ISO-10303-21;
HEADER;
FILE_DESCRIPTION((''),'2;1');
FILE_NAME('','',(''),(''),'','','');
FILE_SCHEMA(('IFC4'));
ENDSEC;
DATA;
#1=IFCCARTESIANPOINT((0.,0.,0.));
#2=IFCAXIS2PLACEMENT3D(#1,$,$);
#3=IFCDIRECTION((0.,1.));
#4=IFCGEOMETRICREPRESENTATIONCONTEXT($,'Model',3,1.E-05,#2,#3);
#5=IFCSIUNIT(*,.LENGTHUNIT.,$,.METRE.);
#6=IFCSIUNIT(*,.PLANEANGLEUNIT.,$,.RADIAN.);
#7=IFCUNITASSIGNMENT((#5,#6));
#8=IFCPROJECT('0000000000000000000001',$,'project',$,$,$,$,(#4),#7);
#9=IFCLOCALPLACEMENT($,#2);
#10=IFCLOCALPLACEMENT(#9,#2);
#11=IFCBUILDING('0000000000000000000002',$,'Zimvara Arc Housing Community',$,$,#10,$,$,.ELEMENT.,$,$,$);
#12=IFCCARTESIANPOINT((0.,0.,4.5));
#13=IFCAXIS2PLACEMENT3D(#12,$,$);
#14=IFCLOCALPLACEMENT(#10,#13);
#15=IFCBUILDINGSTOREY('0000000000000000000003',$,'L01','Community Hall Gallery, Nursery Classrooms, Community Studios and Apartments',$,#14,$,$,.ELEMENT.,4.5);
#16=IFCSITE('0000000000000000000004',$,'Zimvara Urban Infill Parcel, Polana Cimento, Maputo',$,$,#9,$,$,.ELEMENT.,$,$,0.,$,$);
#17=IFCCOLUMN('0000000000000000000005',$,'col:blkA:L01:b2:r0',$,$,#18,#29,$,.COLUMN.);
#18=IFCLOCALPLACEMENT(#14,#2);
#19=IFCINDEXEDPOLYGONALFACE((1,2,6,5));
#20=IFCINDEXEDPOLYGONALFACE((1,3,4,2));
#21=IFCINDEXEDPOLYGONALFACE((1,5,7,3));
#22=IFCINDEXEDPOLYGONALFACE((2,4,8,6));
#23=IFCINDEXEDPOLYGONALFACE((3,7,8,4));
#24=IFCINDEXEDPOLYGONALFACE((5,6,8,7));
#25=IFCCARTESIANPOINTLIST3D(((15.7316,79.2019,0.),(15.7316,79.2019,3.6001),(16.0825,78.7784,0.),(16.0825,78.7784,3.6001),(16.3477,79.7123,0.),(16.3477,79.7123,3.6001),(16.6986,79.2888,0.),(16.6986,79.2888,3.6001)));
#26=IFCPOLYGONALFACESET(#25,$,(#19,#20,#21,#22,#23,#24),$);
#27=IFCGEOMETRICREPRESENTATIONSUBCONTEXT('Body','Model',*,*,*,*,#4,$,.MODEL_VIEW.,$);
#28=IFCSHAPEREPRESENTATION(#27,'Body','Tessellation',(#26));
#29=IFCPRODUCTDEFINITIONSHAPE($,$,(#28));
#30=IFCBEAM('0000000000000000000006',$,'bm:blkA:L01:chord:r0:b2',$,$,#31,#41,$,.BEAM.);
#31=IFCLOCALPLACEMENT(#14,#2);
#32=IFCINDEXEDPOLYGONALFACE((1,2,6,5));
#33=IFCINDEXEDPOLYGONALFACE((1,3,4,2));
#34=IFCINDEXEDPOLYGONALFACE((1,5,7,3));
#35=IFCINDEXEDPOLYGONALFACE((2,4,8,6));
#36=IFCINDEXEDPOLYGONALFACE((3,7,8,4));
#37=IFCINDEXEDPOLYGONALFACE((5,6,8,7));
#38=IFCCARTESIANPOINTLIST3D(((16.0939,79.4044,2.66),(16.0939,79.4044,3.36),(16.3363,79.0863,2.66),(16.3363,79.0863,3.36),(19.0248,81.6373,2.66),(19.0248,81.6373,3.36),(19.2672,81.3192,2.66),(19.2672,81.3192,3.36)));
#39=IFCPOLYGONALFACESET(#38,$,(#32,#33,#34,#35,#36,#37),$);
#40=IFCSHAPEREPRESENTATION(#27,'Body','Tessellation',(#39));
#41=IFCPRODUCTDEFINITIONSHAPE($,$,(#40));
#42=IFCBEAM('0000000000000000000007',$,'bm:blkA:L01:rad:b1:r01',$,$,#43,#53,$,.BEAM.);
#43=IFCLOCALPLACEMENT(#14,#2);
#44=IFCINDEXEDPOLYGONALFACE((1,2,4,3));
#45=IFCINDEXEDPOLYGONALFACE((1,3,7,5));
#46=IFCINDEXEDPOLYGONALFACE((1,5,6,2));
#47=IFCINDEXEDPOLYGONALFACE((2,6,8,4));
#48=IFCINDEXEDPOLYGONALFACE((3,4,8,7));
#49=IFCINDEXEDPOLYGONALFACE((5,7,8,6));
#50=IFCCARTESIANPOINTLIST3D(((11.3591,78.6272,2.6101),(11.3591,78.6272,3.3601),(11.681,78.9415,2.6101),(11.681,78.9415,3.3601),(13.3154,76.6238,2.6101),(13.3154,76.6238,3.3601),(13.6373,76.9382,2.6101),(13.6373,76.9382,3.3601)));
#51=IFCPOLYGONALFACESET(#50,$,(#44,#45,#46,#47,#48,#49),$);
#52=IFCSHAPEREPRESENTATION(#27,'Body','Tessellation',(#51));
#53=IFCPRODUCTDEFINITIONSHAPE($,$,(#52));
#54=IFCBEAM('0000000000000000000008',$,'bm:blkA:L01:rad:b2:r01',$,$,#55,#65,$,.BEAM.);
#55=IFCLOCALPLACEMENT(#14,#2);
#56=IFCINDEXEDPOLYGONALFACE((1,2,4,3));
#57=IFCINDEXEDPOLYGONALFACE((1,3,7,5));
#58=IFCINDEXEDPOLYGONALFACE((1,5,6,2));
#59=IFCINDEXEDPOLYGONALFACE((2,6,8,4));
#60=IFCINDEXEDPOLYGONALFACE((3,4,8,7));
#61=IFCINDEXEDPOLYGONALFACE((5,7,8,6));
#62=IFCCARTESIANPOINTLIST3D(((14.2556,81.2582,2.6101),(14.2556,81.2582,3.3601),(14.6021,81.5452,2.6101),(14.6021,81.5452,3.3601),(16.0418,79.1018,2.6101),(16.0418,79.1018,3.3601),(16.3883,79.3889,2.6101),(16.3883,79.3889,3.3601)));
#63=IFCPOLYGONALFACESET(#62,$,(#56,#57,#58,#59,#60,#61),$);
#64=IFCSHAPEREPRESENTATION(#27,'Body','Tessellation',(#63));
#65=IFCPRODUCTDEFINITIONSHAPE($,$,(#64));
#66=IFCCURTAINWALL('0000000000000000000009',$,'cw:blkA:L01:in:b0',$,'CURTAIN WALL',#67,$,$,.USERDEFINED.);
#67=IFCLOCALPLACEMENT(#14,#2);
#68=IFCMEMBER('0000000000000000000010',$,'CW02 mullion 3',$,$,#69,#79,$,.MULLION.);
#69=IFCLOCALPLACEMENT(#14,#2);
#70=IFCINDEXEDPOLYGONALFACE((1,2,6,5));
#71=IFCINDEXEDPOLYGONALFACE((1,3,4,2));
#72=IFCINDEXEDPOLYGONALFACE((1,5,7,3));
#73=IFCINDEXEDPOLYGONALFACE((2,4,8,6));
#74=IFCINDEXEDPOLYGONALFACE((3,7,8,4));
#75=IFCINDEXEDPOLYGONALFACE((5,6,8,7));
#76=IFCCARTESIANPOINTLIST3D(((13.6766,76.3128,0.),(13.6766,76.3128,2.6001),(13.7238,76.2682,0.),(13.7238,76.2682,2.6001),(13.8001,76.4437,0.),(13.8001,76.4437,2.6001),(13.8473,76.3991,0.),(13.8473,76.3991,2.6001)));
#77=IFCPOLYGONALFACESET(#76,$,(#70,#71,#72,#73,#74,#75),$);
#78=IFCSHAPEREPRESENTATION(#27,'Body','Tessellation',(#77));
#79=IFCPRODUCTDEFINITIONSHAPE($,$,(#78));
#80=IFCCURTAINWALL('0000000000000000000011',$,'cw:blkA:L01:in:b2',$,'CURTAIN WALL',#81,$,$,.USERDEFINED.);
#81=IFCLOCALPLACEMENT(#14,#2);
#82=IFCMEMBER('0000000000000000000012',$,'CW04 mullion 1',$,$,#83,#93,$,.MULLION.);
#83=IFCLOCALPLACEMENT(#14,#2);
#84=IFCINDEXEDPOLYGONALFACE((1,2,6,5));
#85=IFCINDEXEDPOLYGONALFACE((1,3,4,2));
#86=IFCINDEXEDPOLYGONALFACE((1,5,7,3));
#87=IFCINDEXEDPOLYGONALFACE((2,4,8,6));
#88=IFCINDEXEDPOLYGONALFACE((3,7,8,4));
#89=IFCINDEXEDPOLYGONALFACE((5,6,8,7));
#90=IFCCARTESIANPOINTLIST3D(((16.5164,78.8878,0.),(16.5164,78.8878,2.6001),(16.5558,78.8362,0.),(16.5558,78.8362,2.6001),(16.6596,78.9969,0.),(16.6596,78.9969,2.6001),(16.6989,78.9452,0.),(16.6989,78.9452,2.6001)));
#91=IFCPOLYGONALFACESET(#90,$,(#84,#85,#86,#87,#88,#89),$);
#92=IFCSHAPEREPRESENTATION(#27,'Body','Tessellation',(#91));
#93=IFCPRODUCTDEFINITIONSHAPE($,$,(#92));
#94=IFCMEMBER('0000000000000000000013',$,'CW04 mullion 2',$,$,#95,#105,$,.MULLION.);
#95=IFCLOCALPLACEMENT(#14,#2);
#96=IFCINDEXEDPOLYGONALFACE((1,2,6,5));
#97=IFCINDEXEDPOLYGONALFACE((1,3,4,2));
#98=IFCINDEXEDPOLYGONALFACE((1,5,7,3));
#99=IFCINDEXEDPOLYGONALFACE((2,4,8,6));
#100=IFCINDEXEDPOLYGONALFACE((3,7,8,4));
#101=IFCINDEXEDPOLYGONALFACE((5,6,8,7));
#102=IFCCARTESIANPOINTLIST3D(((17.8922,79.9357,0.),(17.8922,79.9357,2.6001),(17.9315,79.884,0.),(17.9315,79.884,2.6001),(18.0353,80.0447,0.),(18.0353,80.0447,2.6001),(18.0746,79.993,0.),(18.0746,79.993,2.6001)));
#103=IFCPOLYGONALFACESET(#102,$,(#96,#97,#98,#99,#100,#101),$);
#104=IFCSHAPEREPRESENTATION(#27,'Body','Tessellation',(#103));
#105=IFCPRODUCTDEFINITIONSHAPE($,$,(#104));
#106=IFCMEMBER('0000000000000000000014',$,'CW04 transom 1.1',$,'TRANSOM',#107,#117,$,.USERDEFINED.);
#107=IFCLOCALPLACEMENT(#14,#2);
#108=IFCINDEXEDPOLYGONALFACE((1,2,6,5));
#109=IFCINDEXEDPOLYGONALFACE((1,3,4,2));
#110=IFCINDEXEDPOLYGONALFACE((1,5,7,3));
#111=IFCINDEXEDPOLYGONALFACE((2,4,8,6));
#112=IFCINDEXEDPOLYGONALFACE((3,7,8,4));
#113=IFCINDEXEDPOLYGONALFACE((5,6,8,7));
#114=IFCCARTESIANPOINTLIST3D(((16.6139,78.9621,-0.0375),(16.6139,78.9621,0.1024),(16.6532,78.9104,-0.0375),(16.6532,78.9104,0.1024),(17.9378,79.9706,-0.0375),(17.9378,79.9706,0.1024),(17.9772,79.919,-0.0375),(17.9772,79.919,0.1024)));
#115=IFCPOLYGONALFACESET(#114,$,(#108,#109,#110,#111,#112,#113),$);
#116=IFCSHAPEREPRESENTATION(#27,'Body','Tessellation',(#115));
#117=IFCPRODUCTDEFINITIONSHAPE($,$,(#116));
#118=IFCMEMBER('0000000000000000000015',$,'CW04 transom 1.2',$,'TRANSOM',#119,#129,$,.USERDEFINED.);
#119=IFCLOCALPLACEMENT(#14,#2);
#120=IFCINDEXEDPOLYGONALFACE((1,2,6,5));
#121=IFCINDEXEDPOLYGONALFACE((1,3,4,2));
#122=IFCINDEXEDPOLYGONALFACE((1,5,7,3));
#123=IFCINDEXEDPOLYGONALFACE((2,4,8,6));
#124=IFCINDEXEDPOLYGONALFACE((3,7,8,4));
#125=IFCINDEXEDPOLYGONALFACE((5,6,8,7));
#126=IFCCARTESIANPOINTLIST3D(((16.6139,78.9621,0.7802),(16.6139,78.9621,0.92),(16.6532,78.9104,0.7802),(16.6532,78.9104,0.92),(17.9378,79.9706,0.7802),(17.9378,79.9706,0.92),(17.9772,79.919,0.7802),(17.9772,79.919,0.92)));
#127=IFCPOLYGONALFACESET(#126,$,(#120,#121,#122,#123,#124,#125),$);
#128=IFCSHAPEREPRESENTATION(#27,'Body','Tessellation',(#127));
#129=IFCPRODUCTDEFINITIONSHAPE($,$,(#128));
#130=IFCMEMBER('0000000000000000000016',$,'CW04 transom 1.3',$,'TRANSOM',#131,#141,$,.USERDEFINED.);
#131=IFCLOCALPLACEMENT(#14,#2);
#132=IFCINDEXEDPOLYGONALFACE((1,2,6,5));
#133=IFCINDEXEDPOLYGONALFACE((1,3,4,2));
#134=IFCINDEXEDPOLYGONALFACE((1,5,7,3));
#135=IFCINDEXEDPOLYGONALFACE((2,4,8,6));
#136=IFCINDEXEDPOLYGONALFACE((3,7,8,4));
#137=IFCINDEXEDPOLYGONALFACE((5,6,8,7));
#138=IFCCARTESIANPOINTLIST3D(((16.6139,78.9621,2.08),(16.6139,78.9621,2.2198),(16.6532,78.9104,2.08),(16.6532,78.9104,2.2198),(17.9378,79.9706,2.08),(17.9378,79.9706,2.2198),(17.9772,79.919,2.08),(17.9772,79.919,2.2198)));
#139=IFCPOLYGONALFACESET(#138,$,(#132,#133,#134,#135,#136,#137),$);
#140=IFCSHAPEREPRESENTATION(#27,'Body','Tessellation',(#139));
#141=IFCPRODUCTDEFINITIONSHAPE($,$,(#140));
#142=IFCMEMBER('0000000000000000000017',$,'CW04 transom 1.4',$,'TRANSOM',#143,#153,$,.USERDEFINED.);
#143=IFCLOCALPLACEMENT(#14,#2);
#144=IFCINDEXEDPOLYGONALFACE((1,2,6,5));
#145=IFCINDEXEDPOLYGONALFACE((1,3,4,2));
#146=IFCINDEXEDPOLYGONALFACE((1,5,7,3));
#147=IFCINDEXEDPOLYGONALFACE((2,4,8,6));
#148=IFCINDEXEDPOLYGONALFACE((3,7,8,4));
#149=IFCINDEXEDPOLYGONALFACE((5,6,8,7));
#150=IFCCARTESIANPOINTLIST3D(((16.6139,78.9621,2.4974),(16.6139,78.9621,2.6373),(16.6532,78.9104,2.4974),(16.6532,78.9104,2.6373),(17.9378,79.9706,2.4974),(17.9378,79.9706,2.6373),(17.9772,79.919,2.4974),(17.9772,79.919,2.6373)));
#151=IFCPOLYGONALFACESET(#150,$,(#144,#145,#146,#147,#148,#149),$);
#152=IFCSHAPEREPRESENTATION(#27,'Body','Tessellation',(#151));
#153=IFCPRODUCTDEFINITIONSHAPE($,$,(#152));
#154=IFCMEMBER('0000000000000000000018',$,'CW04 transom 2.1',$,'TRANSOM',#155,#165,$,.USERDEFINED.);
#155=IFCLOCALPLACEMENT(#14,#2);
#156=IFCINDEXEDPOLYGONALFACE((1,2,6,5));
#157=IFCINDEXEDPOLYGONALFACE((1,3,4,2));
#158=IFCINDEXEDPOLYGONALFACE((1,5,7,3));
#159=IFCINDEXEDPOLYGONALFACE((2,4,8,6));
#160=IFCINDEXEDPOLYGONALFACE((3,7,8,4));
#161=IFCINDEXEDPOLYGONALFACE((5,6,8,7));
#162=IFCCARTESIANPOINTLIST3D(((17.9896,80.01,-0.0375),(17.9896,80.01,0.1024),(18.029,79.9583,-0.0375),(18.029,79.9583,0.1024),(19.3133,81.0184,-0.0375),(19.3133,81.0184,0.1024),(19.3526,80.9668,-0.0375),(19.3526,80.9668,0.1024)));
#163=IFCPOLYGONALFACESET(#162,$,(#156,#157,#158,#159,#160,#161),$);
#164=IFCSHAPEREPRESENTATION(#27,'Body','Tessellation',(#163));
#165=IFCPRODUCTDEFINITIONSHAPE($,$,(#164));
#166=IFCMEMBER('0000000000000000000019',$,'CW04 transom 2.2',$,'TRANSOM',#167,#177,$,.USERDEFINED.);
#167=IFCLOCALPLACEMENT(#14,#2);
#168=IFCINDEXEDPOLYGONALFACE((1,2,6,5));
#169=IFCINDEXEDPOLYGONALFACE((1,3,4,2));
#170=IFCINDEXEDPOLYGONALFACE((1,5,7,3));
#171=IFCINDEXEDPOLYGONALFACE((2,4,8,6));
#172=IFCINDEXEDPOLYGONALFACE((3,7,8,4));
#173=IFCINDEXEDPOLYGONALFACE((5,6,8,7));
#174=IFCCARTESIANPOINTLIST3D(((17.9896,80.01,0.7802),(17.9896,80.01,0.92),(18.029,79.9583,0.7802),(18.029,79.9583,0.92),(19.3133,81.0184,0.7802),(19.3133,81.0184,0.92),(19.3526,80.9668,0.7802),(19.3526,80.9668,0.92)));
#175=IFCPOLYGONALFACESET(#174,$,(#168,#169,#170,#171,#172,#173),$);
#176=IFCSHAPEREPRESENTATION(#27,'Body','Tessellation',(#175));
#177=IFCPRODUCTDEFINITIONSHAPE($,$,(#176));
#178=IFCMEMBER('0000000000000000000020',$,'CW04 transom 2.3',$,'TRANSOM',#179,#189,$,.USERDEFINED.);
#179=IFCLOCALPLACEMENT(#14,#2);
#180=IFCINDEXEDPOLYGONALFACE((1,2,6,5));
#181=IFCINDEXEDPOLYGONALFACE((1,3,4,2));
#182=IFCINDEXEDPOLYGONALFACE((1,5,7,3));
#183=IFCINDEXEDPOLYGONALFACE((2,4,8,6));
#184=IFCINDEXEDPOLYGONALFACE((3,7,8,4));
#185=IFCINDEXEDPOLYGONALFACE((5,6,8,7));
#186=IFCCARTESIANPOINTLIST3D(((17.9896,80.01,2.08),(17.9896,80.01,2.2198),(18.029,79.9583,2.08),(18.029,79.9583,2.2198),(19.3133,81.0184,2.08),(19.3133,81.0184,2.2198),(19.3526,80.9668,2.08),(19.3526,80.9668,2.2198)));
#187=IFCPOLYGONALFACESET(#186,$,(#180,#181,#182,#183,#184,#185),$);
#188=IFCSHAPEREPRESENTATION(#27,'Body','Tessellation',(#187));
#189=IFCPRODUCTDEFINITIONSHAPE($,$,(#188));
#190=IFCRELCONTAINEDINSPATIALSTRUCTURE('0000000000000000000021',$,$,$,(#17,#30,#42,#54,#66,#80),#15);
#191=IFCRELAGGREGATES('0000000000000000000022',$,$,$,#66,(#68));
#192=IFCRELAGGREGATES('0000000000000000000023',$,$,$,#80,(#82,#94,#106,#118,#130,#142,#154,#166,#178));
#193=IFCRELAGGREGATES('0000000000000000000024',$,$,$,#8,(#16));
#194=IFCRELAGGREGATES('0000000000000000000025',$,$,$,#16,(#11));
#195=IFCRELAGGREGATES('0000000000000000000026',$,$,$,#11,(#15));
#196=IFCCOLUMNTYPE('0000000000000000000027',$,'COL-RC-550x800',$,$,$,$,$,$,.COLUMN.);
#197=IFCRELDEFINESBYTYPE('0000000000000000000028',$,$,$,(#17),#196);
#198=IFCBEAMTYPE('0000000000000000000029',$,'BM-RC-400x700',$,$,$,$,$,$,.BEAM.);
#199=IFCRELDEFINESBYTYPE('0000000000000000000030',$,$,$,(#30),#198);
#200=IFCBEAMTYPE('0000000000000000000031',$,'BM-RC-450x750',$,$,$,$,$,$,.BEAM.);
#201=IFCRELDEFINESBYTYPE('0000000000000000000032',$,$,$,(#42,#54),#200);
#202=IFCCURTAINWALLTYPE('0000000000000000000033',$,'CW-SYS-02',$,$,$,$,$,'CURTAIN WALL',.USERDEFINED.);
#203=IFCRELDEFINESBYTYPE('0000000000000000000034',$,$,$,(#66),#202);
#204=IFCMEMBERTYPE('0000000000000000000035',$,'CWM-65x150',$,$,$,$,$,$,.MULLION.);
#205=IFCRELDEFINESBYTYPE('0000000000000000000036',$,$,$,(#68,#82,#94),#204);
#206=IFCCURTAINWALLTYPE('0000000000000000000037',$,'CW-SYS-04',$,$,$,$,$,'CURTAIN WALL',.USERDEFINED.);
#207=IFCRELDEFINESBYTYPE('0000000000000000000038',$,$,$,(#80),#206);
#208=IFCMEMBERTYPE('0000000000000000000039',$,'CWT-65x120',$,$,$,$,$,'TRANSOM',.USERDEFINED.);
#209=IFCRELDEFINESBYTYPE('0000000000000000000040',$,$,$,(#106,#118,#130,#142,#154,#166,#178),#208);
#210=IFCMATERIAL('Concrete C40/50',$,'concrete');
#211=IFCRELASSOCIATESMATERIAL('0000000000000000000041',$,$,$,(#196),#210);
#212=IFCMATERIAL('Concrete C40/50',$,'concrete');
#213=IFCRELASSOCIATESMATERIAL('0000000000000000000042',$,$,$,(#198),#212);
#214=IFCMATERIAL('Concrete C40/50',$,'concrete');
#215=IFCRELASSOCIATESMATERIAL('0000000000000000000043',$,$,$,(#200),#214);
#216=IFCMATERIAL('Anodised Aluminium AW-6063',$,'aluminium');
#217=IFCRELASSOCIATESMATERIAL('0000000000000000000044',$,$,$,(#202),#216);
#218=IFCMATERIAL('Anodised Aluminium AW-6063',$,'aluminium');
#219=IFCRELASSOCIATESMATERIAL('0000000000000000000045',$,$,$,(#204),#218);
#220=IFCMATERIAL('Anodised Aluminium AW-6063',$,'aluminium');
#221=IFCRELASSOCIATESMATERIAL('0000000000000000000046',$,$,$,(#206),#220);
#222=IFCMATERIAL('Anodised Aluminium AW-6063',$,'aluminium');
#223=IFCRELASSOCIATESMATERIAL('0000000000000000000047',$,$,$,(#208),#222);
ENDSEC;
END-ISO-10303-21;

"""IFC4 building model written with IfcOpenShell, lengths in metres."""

from ifc_helpers import new_model, si_unit, direction, frame, origin, origin_2d, place, context, subcontext, project, spatial, rectangle, extrude, material, material_profile, profile_set, type_object, element, aggregate, save


model = new_model("IFC4")

# Units and contexts
model_context = context("Model", 3, precision=1e-05, world=origin(), true_north=direction((0.0, 1.0)))
body_context = subcontext(model_context, "Body", "Model", "MODEL_VIEW")
ifc_project = project(units=[si_unit("LENGTHUNIT", "METRE"), si_unit("PLANEANGLEUNIT", "RADIAN")], contexts=[model_context])

# Site, building, storey
site_placement = place(None, origin())
site = spatial("IfcSite", under=ifc_project, at=site_placement, Name="Zimvara Urban Infill Parcel, Polana Cimento, Maputo", CompositionType="ELEMENT", RefElevation=0.0)
building_placement = place(site_placement, origin())
building = spatial("IfcBuilding", under=site, at=building_placement, Name="Zimvara Arc Housing Community", CompositionType="ELEMENT")
storey_placement = place(building_placement, frame((0.0, 0.0, 4.5)))
storey = spatial("IfcBuildingStorey", under=building, at=storey_placement, Name="L01", Description="Community Hall Gallery, Nursery Classrooms, Community Studios and Apartments", CompositionType="ELEMENT", Elevation=4.5)

# Column
ifc_material_1 = material(Name="Concrete C40/50", Category="concrete")
ifc_material_profile_1 = material_profile(ifc_material_1, rectangle(XDim=0.55, YDim=0.8, at=origin_2d()), Name="RC 550x800")
ifc_profile_set_1 = profile_set([ifc_material_profile_1], Name="Concrete C40/50")
column_type = type_object("IfcColumnType", Name="COL-RC-550x800", PredefinedType="COLUMN", material=ifc_profile_set_1)
column_placement = place(storey_placement, frame((16.2151, 79.2454, 0.0), z_axis=(0.0, 0.0, 1.0), x_axis=(-0.637962, 0.770068, 0.0)))
element("IfcColumn", 1, at=column_placement, inside=storey, type_object=column_type, Name="col:blkA:L01:b2:r0", PredefinedType="COLUMN", context=body_context, shape_type="SweptSolid", body=[
    extrude(rectangle(XDim=0.55, YDim=0.8, at=origin_2d()), origin(), (0.0, 0.0, 1.0), 3.6001),
])

# Beams
ifc_material_2 = material(Name="Concrete C40/50", Category="concrete")
ifc_material_profile_2 = material_profile(ifc_material_2, rectangle(XDim=0.3999, YDim=0.7, at=origin_2d()), Name="RC 400x700")
ifc_profile_set_2 = profile_set([ifc_material_profile_2], Name="Concrete C40/50")
beam_type_1 = type_object("IfcBeamType", Name="BM-RC-400x700", PredefinedType="BEAM", material=ifc_profile_set_2)
beam_placement = place(storey_placement, frame((16.2151, 79.2454, 3.01), z_axis=(0.795453, 0.606015, 0.0), x_axis=(-0.606015, 0.795453, 0.0)))
element("IfcBeam", 2, at=beam_placement, inside=storey, type_object=beam_type_1, Name="bm:blkA:L01:chord:r0:b2", PredefinedType="BEAM", context=body_context, shape_type="SweptSolid", body=[
    extrude(rectangle(XDim=0.3999, YDim=0.7, at=origin_2d()), origin(), (0.0, 0.0, 1.0), 3.6846),
])
ifc_material_3 = material(Name="Concrete C40/50", Category="concrete")
ifc_material_profile_3 = material_profile(ifc_material_3, rectangle(XDim=0.45, YDim=0.75, at=origin_2d()), Name="RC 450x750")
ifc_profile_set_3 = profile_set([ifc_material_profile_3], Name="Concrete C40/50")
beam_type_2 = type_object("IfcBeamType", Name="BM-RC-450x750", PredefinedType="BEAM", material=ifc_profile_set_3)
for number, where, z_axis, x_axis, name in (
    (3, (13.4763, 76.781, 2.9851), (-0.698643, 0.71547, 0.0), (-0.71547, -0.698643, 0.0), "bm:blkA:L01:rad:b1:r01"),
    (4, (16.2151, 79.2454, 2.9851), (-0.637917, 0.770105, 0.0), (-0.770105, -0.637917, 0.0), "bm:blkA:L01:rad:b2:r01"),
):
    element("IfcBeam", number, at=place(storey_placement, frame(where, z_axis=z_axis, x_axis=x_axis)), inside=storey, type_object=beam_type_2, Name=name, PredefinedType="BEAM", context=body_context, shape_type="SweptSolid", body=[
        extrude(rectangle(XDim=0.45, YDim=0.75, at=origin_2d()), origin(), (0.0, 0.0, 1.0), 2.8),
    ])

# Curtain wall, member
ifc_material_4 = material(Name="Anodised Aluminium AW-6063", Category="aluminium")
curtain_wall_type_1 = type_object("IfcCurtainWallType", Name="CW-SYS-02", ElementType="CURTAIN WALL", PredefinedType="USERDEFINED", material=ifc_material_4)
curtain_wall_1_placement = place(storey_placement, origin())
curtain_wall_1 = element("IfcCurtainWall", 5, at=curtain_wall_1_placement, inside=storey, type_object=curtain_wall_type_1, Name="cw:blkA:L01:in:b0", ObjectType="CURTAIN WALL", PredefinedType="USERDEFINED")
ifc_material_5 = material(Name="Anodised Aluminium AW-6063", Category="aluminium")
ifc_material_profile_4 = material_profile(ifc_material_5, rectangle(XDim=0.0649, YDim=0.1799, at=origin_2d()), Name="ALU 65x180")
ifc_profile_set_4 = profile_set([ifc_material_profile_4], Name="Anodised Aluminium AW-6063")
member_type_1 = type_object("IfcMemberType", Name="CWM-65x150", PredefinedType="MULLION", material=ifc_profile_set_4)
member_1_placement = place(storey_placement, frame((13.762, 76.356, 0.0), z_axis=(0.0, 0.0, 1.0), x_axis=(-0.727293, 0.686327, 0.0)))
member_1 = element("IfcMember", 6, at=member_1_placement, type_object=member_type_1, Name="CW02 mullion 3", PredefinedType="MULLION", context=body_context, shape_type="SweptSolid", body=[
    extrude(rectangle(XDim=0.0649, YDim=0.1799, at=origin_2d()), origin(), (0.0, 0.0, 1.0), 2.6001),
])
aggregate(curtain_wall_1, [member_1])

# Curtain wall, members
ifc_material_6 = material(Name="Anodised Aluminium AW-6063", Category="aluminium")
curtain_wall_type_2 = type_object("IfcCurtainWallType", Name="CW-SYS-04", ElementType="CURTAIN WALL", PredefinedType="USERDEFINED", material=ifc_material_6)
curtain_wall_2_placement = place(storey_placement, origin())
curtain_wall_2 = element("IfcCurtainWall", 7, at=curtain_wall_2_placement, inside=storey, type_object=curtain_wall_type_2, Name="cw:blkA:L01:in:b2", ObjectType="CURTAIN WALL", PredefinedType="USERDEFINED")
member_2_placement = place(storey_placement, frame((16.6077, 78.9165, 0.0), z_axis=(0.0, 0.0, 1.0), x_axis=(-0.605988, 0.795474, 0.0)))
member_2 = element("IfcMember", 8, at=member_2_placement, type_object=member_type_1, Name="CW04 mullion 1", PredefinedType="MULLION", context=body_context, shape_type="SweptSolid", body=[
    extrude(rectangle(XDim=0.0649, YDim=0.1799, at=origin_2d()), origin(), (0.0, 0.0, 1.0), 2.6001),
])
member_3_placement = place(storey_placement, frame((17.9834, 79.9644, 0.0), z_axis=(0.0, 0.0, 1.0), x_axis=(-0.605988, 0.795474, 0.0)))
member_3 = element("IfcMember", 9, at=member_3_placement, type_object=member_type_1, Name="CW04 mullion 2", PredefinedType="MULLION", context=body_context, shape_type="SweptSolid", body=[
    extrude(rectangle(XDim=0.0649, YDim=0.1799, at=origin_2d()), origin(), (0.0, 0.0, 1.0), 2.6001),
])
ifc_material_7 = material(Name="Anodised Aluminium AW-6063", Category="aluminium")
ifc_material_profile_5 = material_profile(ifc_material_7, rectangle(XDim=0.0649, YDim=0.1399, at=origin_2d()), Name="ALU 65x140")
ifc_profile_set_5 = profile_set([ifc_material_profile_5], Name="Anodised Aluminium AW-6063")
member_type_2 = type_object("IfcMemberType", Name="CWT-65x120", ElementType="TRANSOM", PredefinedType="USERDEFINED", material=ifc_profile_set_5)
member_4_placement = place(storey_placement, frame((16.6335, 78.9363, 0.0325), z_axis=(0.795489, 0.605968, 0.0), x_axis=(-0.605968, 0.795489, 0.0)))
member_4 = element("IfcMember", 10, at=member_4_placement, type_object=member_type_2, Name="CW04 transom 1.1", ObjectType="TRANSOM", PredefinedType="USERDEFINED", context=body_context, shape_type="SweptSolid", body=[
    extrude(rectangle(XDim=0.0649, YDim=0.1399, at=origin_2d()), origin(), (0.0, 0.0, 1.0), 1.6643),
])
member_5_placement = place(storey_placement, frame((16.6335, 78.9363, 0.8501), z_axis=(0.795489, 0.605968, 0.0), x_axis=(-0.605968, 0.795489, 0.0)))
member_5 = element("IfcMember", 11, at=member_5_placement, type_object=member_type_2, Name="CW04 transom 1.2", ObjectType="TRANSOM", PredefinedType="USERDEFINED", context=body_context, shape_type="SweptSolid", body=[
    extrude(rectangle(XDim=0.0649, YDim=0.1399, at=origin_2d()), origin(), (0.0, 0.0, 1.0), 1.6643),
])
member_6_placement = place(storey_placement, frame((16.6335, 78.9363, 2.1499), z_axis=(0.795489, 0.605968, 0.0), x_axis=(-0.605968, 0.795489, 0.0)))
member_6 = element("IfcMember", 12, at=member_6_placement, type_object=member_type_2, Name="CW04 transom 1.3", ObjectType="TRANSOM", PredefinedType="USERDEFINED", context=body_context, shape_type="SweptSolid", body=[
    extrude(rectangle(XDim=0.0649, YDim=0.1399, at=origin_2d()), origin(), (0.0, 0.0, 1.0), 1.6643),
])
member_7_placement = place(storey_placement, frame((16.6335, 78.9363, 2.5674), z_axis=(0.795489, 0.605968, 0.0), x_axis=(-0.605968, 0.795489, 0.0)))
member_7 = element("IfcMember", 13, at=member_7_placement, type_object=member_type_2, Name="CW04 transom 1.4", ObjectType="TRANSOM", PredefinedType="USERDEFINED", context=body_context, shape_type="SweptSolid", body=[
    extrude(rectangle(XDim=0.0649, YDim=0.1399, at=origin_2d()), origin(), (0.0, 0.0, 1.0), 1.6643),
])
member_8_placement = place(storey_placement, frame((18.0093, 79.9841, 0.0325), z_axis=(0.795435, 0.606039, 0.0), x_axis=(-0.606039, 0.795435, 0.0)))
member_8 = element("IfcMember", 14, at=member_8_placement, type_object=member_type_2, Name="CW04 transom 2.1", ObjectType="TRANSOM", PredefinedType="USERDEFINED", context=body_context, shape_type="SweptSolid", body=[
    extrude(rectangle(XDim=0.0649, YDim=0.1399, at=origin_2d()), origin(), (0.0, 0.0, 1.0), 1.6641),
])
member_9_placement = place(storey_placement, frame((18.0093, 79.9841, 0.8501), z_axis=(0.795435, 0.606039, 0.0), x_axis=(-0.606039, 0.795435, 0.0)))
member_9 = element("IfcMember", 15, at=member_9_placement, type_object=member_type_2, Name="CW04 transom 2.2", ObjectType="TRANSOM", PredefinedType="USERDEFINED", context=body_context, shape_type="SweptSolid", body=[
    extrude(rectangle(XDim=0.0649, YDim=0.1399, at=origin_2d()), origin(), (0.0, 0.0, 1.0), 1.6641),
])
member_10_placement = place(storey_placement, frame((18.0093, 79.9841, 2.1499), z_axis=(0.795435, 0.606039, 0.0), x_axis=(-0.606039, 0.795435, 0.0)))
member_10 = element("IfcMember", 16, at=member_10_placement, type_object=member_type_2, Name="CW04 transom 2.3", ObjectType="TRANSOM", PredefinedType="USERDEFINED", context=body_context, shape_type="SweptSolid", body=[
    extrude(rectangle(XDim=0.0649, YDim=0.1399, at=origin_2d()), origin(), (0.0, 0.0, 1.0), 1.6641),
])
aggregate(curtain_wall_2, [member_2, member_3, member_4, member_5, member_6, member_7, member_8, member_9, member_10])

save(model, "model.ifc")
